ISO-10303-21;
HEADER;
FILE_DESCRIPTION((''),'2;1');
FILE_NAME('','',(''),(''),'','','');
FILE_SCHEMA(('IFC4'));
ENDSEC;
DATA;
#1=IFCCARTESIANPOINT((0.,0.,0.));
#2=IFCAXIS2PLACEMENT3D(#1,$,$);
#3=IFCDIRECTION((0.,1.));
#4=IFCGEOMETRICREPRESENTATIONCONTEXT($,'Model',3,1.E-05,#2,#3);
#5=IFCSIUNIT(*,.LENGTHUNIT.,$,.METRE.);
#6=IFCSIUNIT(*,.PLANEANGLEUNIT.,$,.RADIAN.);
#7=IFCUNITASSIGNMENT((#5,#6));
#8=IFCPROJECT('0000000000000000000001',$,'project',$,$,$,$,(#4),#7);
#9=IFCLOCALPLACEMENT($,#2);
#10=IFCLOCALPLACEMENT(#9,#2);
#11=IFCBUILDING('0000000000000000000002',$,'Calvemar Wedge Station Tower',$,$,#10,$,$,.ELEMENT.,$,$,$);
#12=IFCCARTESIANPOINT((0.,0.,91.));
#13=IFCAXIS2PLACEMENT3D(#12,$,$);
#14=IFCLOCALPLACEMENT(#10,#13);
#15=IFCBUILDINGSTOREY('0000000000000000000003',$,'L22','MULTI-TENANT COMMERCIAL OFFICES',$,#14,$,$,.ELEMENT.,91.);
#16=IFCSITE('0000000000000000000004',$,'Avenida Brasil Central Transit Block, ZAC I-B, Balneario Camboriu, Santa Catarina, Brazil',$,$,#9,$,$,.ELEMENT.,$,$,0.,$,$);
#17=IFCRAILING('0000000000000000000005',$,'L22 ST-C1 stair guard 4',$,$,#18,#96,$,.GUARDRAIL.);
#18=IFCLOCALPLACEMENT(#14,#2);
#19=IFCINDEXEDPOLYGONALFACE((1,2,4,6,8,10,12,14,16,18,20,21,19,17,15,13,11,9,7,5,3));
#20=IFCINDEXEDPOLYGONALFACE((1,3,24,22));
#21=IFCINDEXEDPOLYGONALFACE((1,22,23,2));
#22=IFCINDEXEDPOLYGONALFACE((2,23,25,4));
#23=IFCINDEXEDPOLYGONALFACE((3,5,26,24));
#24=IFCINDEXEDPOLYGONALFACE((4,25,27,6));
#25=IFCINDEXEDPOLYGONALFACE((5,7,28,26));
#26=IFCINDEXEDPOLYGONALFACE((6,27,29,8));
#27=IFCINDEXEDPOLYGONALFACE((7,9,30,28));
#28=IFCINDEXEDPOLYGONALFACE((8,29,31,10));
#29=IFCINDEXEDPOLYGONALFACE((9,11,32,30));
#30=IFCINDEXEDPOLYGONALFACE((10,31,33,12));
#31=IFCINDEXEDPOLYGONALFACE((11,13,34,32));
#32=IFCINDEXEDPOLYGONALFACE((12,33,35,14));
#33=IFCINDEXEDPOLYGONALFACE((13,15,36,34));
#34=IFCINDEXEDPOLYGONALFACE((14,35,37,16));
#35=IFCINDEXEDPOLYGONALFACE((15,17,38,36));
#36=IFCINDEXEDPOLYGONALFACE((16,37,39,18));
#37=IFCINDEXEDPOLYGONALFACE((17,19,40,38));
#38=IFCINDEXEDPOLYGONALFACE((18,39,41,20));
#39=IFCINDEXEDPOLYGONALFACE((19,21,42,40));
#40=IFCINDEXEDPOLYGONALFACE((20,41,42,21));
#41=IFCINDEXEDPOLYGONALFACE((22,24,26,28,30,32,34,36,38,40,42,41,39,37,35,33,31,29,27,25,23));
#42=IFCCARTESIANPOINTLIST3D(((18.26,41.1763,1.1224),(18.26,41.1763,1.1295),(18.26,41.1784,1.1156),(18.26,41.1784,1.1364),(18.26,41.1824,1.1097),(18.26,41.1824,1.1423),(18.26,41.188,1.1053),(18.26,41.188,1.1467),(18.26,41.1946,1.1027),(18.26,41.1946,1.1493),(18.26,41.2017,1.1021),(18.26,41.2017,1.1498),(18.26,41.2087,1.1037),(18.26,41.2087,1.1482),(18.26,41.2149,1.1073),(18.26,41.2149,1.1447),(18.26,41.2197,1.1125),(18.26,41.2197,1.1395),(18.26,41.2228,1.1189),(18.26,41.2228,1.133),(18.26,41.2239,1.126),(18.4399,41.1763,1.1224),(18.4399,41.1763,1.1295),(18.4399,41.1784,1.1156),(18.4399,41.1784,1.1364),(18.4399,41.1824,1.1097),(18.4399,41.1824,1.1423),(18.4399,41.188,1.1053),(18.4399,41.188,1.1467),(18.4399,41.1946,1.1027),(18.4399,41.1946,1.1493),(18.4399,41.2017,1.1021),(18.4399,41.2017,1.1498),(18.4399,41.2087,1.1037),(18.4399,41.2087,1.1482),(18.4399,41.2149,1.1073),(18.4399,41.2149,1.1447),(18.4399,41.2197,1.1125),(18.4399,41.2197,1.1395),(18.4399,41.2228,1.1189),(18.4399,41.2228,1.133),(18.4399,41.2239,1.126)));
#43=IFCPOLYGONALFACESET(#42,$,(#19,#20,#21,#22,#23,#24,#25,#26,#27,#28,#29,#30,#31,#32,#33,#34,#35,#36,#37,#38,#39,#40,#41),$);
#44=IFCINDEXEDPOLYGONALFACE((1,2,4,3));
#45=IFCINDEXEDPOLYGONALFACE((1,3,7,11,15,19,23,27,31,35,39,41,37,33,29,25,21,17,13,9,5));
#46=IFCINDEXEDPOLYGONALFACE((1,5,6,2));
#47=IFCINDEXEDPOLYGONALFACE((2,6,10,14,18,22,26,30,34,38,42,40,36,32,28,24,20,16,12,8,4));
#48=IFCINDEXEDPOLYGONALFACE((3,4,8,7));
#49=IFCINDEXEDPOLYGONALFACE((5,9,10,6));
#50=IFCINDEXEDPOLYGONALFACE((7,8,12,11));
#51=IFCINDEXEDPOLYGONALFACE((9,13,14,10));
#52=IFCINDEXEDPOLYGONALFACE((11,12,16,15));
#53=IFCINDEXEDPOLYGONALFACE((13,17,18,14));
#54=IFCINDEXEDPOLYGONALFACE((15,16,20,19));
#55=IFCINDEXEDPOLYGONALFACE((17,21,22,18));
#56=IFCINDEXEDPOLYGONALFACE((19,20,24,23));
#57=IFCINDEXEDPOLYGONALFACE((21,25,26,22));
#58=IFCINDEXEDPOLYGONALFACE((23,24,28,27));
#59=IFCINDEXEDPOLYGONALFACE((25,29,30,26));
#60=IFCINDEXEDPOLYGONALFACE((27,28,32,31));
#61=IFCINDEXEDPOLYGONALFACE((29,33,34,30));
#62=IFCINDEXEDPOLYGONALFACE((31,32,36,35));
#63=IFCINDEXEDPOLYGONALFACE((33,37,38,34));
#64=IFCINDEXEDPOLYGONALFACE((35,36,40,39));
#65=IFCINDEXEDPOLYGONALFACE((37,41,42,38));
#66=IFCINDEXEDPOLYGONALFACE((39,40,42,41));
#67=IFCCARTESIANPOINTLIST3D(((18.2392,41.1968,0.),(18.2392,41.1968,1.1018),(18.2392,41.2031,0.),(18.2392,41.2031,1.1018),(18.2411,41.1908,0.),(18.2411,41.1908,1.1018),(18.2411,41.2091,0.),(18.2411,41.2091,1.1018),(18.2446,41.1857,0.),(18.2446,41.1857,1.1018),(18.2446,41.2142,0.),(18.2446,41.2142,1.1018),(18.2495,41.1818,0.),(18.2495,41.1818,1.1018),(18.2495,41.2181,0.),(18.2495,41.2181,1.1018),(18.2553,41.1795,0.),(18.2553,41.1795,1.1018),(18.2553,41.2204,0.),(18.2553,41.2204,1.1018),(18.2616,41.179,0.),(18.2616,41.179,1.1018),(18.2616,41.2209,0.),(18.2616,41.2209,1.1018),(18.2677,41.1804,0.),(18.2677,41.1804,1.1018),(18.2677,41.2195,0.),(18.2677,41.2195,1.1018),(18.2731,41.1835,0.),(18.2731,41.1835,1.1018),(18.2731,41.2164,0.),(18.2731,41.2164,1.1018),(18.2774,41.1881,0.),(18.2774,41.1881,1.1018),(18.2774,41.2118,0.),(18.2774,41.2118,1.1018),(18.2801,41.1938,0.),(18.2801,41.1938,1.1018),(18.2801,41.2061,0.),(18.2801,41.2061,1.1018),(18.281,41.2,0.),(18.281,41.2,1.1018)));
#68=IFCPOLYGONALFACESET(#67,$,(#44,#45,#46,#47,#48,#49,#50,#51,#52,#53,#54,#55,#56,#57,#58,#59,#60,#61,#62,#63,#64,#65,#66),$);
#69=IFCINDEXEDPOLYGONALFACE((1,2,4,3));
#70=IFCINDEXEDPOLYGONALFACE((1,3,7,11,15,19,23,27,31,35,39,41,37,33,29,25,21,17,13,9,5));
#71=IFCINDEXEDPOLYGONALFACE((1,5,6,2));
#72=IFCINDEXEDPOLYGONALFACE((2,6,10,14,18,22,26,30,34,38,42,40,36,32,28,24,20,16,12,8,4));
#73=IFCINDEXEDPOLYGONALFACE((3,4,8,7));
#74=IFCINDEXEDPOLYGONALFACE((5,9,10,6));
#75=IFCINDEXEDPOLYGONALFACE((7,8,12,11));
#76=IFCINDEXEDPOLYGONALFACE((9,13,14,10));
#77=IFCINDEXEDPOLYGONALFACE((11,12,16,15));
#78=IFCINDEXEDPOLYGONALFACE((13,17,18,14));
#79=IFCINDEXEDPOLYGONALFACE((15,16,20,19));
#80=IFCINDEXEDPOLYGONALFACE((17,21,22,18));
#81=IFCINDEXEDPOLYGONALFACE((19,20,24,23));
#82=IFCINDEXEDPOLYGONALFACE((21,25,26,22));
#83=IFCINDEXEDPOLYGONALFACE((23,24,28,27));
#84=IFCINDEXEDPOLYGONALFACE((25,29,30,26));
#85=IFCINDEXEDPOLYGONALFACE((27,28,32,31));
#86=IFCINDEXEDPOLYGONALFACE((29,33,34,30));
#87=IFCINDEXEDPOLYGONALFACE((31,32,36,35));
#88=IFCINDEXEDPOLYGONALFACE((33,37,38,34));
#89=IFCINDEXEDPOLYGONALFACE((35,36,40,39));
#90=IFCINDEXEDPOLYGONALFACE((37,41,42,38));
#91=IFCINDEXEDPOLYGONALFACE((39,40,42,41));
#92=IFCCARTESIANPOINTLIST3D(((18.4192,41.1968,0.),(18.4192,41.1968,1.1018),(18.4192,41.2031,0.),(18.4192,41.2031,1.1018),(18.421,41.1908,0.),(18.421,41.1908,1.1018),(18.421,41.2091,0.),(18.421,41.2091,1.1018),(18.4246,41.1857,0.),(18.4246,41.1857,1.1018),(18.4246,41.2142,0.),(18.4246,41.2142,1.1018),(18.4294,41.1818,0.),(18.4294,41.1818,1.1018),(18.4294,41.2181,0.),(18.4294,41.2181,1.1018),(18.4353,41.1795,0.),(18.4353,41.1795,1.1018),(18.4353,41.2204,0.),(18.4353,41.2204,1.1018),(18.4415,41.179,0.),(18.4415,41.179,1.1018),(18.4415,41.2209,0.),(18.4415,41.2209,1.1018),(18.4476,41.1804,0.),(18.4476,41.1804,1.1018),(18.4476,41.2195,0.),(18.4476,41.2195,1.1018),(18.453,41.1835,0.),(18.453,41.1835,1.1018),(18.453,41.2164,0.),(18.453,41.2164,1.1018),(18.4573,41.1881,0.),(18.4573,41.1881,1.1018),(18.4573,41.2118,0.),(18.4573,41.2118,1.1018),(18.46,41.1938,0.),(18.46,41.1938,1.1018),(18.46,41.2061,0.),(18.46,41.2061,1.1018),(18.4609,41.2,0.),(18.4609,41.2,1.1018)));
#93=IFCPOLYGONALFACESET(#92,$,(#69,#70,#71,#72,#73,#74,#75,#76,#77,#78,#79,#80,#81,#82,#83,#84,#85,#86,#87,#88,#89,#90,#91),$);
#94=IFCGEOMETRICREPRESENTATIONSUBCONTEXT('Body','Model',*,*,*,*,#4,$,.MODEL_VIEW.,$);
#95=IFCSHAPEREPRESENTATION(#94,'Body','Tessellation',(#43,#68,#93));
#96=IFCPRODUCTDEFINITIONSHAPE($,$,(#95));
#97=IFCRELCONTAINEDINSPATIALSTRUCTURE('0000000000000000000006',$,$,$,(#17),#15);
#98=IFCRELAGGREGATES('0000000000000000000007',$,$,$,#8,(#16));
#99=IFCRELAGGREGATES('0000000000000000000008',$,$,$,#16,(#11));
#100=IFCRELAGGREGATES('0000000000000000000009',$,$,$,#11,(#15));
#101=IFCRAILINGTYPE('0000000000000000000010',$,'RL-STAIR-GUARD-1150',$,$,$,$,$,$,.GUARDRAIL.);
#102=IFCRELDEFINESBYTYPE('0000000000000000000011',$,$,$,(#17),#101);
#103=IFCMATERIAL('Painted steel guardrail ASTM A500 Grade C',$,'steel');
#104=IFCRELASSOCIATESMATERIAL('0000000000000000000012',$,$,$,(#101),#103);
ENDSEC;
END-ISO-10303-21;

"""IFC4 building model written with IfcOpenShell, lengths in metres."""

from ifc_helpers import new_model, si_unit, direction, frame, origin, origin_2d, place, context, subcontext, project, spatial, circle, extrude, material, type_object, element, save


model = new_model("IFC4")

# Units and contexts
model_context = context("Model", 3, precision=1e-05, world=origin(), true_north=direction((0.0, 1.0)))
body_context = subcontext(model_context, "Body", "Model", "MODEL_VIEW")
ifc_project = project(units=[si_unit("LENGTHUNIT", "METRE"), si_unit("PLANEANGLEUNIT", "RADIAN")], contexts=[model_context])

# Site, building, storey
site_placement = place(None, origin())
site = spatial("IfcSite", under=ifc_project, at=site_placement, Name="Avenida Brasil Central Transit Block, ZAC I-B, Balneario Camboriu, Santa Catarina, Brazil", CompositionType="ELEMENT", RefElevation=0.0)
building_placement = place(site_placement, origin())
building = spatial("IfcBuilding", under=site, at=building_placement, Name="Calvemar Wedge Station Tower", CompositionType="ELEMENT")
storey_placement = place(building_placement, frame((0.0, 0.0, 91.0)))
storey = spatial("IfcBuildingStorey", under=building, at=storey_placement, Name="L22", Description="MULTI-TENANT COMMERCIAL OFFICES", CompositionType="ELEMENT", Elevation=91.0)

# Railing
ifc_material_1 = material(Name="Painted steel guardrail ASTM A500 Grade C", Category="steel")
railing_type_1 = type_object("IfcRailingType", Name="RL-STAIR-GUARD-1150", PredefinedType="GUARDRAIL", material=ifc_material_1)
railing_1_placement = place(storey_placement, frame((18.26, 41.2, 0.0)))
element("IfcRailing", 1, at=railing_1_placement, inside=storey, type_object=railing_type_1, Name="L22 ST-C1 stair guard 4", PredefinedType="GUARDRAIL", context=body_context, shape_type="SweptSolid", body=[
    extrude(circle(Radius=0.0239, at=origin_2d()), frame((0.0, 0.0, 1.126), z_axis=(1.0, 0.0, 0.0), x_axis=(0.0, 1.0, 0.0)), (0.0, 0.0, 1.0), 0.1799),
    extrude(circle(Radius=0.021, at=origin_2d()), origin(), (0.0, 0.0, 1.0), 1.1018),
    extrude(circle(Radius=0.021, at=origin_2d()), frame((0.1799, 0.0, 0.0)), (0.0, 0.0, 1.0), 1.1018),
])

save(model, "model.ifc")
